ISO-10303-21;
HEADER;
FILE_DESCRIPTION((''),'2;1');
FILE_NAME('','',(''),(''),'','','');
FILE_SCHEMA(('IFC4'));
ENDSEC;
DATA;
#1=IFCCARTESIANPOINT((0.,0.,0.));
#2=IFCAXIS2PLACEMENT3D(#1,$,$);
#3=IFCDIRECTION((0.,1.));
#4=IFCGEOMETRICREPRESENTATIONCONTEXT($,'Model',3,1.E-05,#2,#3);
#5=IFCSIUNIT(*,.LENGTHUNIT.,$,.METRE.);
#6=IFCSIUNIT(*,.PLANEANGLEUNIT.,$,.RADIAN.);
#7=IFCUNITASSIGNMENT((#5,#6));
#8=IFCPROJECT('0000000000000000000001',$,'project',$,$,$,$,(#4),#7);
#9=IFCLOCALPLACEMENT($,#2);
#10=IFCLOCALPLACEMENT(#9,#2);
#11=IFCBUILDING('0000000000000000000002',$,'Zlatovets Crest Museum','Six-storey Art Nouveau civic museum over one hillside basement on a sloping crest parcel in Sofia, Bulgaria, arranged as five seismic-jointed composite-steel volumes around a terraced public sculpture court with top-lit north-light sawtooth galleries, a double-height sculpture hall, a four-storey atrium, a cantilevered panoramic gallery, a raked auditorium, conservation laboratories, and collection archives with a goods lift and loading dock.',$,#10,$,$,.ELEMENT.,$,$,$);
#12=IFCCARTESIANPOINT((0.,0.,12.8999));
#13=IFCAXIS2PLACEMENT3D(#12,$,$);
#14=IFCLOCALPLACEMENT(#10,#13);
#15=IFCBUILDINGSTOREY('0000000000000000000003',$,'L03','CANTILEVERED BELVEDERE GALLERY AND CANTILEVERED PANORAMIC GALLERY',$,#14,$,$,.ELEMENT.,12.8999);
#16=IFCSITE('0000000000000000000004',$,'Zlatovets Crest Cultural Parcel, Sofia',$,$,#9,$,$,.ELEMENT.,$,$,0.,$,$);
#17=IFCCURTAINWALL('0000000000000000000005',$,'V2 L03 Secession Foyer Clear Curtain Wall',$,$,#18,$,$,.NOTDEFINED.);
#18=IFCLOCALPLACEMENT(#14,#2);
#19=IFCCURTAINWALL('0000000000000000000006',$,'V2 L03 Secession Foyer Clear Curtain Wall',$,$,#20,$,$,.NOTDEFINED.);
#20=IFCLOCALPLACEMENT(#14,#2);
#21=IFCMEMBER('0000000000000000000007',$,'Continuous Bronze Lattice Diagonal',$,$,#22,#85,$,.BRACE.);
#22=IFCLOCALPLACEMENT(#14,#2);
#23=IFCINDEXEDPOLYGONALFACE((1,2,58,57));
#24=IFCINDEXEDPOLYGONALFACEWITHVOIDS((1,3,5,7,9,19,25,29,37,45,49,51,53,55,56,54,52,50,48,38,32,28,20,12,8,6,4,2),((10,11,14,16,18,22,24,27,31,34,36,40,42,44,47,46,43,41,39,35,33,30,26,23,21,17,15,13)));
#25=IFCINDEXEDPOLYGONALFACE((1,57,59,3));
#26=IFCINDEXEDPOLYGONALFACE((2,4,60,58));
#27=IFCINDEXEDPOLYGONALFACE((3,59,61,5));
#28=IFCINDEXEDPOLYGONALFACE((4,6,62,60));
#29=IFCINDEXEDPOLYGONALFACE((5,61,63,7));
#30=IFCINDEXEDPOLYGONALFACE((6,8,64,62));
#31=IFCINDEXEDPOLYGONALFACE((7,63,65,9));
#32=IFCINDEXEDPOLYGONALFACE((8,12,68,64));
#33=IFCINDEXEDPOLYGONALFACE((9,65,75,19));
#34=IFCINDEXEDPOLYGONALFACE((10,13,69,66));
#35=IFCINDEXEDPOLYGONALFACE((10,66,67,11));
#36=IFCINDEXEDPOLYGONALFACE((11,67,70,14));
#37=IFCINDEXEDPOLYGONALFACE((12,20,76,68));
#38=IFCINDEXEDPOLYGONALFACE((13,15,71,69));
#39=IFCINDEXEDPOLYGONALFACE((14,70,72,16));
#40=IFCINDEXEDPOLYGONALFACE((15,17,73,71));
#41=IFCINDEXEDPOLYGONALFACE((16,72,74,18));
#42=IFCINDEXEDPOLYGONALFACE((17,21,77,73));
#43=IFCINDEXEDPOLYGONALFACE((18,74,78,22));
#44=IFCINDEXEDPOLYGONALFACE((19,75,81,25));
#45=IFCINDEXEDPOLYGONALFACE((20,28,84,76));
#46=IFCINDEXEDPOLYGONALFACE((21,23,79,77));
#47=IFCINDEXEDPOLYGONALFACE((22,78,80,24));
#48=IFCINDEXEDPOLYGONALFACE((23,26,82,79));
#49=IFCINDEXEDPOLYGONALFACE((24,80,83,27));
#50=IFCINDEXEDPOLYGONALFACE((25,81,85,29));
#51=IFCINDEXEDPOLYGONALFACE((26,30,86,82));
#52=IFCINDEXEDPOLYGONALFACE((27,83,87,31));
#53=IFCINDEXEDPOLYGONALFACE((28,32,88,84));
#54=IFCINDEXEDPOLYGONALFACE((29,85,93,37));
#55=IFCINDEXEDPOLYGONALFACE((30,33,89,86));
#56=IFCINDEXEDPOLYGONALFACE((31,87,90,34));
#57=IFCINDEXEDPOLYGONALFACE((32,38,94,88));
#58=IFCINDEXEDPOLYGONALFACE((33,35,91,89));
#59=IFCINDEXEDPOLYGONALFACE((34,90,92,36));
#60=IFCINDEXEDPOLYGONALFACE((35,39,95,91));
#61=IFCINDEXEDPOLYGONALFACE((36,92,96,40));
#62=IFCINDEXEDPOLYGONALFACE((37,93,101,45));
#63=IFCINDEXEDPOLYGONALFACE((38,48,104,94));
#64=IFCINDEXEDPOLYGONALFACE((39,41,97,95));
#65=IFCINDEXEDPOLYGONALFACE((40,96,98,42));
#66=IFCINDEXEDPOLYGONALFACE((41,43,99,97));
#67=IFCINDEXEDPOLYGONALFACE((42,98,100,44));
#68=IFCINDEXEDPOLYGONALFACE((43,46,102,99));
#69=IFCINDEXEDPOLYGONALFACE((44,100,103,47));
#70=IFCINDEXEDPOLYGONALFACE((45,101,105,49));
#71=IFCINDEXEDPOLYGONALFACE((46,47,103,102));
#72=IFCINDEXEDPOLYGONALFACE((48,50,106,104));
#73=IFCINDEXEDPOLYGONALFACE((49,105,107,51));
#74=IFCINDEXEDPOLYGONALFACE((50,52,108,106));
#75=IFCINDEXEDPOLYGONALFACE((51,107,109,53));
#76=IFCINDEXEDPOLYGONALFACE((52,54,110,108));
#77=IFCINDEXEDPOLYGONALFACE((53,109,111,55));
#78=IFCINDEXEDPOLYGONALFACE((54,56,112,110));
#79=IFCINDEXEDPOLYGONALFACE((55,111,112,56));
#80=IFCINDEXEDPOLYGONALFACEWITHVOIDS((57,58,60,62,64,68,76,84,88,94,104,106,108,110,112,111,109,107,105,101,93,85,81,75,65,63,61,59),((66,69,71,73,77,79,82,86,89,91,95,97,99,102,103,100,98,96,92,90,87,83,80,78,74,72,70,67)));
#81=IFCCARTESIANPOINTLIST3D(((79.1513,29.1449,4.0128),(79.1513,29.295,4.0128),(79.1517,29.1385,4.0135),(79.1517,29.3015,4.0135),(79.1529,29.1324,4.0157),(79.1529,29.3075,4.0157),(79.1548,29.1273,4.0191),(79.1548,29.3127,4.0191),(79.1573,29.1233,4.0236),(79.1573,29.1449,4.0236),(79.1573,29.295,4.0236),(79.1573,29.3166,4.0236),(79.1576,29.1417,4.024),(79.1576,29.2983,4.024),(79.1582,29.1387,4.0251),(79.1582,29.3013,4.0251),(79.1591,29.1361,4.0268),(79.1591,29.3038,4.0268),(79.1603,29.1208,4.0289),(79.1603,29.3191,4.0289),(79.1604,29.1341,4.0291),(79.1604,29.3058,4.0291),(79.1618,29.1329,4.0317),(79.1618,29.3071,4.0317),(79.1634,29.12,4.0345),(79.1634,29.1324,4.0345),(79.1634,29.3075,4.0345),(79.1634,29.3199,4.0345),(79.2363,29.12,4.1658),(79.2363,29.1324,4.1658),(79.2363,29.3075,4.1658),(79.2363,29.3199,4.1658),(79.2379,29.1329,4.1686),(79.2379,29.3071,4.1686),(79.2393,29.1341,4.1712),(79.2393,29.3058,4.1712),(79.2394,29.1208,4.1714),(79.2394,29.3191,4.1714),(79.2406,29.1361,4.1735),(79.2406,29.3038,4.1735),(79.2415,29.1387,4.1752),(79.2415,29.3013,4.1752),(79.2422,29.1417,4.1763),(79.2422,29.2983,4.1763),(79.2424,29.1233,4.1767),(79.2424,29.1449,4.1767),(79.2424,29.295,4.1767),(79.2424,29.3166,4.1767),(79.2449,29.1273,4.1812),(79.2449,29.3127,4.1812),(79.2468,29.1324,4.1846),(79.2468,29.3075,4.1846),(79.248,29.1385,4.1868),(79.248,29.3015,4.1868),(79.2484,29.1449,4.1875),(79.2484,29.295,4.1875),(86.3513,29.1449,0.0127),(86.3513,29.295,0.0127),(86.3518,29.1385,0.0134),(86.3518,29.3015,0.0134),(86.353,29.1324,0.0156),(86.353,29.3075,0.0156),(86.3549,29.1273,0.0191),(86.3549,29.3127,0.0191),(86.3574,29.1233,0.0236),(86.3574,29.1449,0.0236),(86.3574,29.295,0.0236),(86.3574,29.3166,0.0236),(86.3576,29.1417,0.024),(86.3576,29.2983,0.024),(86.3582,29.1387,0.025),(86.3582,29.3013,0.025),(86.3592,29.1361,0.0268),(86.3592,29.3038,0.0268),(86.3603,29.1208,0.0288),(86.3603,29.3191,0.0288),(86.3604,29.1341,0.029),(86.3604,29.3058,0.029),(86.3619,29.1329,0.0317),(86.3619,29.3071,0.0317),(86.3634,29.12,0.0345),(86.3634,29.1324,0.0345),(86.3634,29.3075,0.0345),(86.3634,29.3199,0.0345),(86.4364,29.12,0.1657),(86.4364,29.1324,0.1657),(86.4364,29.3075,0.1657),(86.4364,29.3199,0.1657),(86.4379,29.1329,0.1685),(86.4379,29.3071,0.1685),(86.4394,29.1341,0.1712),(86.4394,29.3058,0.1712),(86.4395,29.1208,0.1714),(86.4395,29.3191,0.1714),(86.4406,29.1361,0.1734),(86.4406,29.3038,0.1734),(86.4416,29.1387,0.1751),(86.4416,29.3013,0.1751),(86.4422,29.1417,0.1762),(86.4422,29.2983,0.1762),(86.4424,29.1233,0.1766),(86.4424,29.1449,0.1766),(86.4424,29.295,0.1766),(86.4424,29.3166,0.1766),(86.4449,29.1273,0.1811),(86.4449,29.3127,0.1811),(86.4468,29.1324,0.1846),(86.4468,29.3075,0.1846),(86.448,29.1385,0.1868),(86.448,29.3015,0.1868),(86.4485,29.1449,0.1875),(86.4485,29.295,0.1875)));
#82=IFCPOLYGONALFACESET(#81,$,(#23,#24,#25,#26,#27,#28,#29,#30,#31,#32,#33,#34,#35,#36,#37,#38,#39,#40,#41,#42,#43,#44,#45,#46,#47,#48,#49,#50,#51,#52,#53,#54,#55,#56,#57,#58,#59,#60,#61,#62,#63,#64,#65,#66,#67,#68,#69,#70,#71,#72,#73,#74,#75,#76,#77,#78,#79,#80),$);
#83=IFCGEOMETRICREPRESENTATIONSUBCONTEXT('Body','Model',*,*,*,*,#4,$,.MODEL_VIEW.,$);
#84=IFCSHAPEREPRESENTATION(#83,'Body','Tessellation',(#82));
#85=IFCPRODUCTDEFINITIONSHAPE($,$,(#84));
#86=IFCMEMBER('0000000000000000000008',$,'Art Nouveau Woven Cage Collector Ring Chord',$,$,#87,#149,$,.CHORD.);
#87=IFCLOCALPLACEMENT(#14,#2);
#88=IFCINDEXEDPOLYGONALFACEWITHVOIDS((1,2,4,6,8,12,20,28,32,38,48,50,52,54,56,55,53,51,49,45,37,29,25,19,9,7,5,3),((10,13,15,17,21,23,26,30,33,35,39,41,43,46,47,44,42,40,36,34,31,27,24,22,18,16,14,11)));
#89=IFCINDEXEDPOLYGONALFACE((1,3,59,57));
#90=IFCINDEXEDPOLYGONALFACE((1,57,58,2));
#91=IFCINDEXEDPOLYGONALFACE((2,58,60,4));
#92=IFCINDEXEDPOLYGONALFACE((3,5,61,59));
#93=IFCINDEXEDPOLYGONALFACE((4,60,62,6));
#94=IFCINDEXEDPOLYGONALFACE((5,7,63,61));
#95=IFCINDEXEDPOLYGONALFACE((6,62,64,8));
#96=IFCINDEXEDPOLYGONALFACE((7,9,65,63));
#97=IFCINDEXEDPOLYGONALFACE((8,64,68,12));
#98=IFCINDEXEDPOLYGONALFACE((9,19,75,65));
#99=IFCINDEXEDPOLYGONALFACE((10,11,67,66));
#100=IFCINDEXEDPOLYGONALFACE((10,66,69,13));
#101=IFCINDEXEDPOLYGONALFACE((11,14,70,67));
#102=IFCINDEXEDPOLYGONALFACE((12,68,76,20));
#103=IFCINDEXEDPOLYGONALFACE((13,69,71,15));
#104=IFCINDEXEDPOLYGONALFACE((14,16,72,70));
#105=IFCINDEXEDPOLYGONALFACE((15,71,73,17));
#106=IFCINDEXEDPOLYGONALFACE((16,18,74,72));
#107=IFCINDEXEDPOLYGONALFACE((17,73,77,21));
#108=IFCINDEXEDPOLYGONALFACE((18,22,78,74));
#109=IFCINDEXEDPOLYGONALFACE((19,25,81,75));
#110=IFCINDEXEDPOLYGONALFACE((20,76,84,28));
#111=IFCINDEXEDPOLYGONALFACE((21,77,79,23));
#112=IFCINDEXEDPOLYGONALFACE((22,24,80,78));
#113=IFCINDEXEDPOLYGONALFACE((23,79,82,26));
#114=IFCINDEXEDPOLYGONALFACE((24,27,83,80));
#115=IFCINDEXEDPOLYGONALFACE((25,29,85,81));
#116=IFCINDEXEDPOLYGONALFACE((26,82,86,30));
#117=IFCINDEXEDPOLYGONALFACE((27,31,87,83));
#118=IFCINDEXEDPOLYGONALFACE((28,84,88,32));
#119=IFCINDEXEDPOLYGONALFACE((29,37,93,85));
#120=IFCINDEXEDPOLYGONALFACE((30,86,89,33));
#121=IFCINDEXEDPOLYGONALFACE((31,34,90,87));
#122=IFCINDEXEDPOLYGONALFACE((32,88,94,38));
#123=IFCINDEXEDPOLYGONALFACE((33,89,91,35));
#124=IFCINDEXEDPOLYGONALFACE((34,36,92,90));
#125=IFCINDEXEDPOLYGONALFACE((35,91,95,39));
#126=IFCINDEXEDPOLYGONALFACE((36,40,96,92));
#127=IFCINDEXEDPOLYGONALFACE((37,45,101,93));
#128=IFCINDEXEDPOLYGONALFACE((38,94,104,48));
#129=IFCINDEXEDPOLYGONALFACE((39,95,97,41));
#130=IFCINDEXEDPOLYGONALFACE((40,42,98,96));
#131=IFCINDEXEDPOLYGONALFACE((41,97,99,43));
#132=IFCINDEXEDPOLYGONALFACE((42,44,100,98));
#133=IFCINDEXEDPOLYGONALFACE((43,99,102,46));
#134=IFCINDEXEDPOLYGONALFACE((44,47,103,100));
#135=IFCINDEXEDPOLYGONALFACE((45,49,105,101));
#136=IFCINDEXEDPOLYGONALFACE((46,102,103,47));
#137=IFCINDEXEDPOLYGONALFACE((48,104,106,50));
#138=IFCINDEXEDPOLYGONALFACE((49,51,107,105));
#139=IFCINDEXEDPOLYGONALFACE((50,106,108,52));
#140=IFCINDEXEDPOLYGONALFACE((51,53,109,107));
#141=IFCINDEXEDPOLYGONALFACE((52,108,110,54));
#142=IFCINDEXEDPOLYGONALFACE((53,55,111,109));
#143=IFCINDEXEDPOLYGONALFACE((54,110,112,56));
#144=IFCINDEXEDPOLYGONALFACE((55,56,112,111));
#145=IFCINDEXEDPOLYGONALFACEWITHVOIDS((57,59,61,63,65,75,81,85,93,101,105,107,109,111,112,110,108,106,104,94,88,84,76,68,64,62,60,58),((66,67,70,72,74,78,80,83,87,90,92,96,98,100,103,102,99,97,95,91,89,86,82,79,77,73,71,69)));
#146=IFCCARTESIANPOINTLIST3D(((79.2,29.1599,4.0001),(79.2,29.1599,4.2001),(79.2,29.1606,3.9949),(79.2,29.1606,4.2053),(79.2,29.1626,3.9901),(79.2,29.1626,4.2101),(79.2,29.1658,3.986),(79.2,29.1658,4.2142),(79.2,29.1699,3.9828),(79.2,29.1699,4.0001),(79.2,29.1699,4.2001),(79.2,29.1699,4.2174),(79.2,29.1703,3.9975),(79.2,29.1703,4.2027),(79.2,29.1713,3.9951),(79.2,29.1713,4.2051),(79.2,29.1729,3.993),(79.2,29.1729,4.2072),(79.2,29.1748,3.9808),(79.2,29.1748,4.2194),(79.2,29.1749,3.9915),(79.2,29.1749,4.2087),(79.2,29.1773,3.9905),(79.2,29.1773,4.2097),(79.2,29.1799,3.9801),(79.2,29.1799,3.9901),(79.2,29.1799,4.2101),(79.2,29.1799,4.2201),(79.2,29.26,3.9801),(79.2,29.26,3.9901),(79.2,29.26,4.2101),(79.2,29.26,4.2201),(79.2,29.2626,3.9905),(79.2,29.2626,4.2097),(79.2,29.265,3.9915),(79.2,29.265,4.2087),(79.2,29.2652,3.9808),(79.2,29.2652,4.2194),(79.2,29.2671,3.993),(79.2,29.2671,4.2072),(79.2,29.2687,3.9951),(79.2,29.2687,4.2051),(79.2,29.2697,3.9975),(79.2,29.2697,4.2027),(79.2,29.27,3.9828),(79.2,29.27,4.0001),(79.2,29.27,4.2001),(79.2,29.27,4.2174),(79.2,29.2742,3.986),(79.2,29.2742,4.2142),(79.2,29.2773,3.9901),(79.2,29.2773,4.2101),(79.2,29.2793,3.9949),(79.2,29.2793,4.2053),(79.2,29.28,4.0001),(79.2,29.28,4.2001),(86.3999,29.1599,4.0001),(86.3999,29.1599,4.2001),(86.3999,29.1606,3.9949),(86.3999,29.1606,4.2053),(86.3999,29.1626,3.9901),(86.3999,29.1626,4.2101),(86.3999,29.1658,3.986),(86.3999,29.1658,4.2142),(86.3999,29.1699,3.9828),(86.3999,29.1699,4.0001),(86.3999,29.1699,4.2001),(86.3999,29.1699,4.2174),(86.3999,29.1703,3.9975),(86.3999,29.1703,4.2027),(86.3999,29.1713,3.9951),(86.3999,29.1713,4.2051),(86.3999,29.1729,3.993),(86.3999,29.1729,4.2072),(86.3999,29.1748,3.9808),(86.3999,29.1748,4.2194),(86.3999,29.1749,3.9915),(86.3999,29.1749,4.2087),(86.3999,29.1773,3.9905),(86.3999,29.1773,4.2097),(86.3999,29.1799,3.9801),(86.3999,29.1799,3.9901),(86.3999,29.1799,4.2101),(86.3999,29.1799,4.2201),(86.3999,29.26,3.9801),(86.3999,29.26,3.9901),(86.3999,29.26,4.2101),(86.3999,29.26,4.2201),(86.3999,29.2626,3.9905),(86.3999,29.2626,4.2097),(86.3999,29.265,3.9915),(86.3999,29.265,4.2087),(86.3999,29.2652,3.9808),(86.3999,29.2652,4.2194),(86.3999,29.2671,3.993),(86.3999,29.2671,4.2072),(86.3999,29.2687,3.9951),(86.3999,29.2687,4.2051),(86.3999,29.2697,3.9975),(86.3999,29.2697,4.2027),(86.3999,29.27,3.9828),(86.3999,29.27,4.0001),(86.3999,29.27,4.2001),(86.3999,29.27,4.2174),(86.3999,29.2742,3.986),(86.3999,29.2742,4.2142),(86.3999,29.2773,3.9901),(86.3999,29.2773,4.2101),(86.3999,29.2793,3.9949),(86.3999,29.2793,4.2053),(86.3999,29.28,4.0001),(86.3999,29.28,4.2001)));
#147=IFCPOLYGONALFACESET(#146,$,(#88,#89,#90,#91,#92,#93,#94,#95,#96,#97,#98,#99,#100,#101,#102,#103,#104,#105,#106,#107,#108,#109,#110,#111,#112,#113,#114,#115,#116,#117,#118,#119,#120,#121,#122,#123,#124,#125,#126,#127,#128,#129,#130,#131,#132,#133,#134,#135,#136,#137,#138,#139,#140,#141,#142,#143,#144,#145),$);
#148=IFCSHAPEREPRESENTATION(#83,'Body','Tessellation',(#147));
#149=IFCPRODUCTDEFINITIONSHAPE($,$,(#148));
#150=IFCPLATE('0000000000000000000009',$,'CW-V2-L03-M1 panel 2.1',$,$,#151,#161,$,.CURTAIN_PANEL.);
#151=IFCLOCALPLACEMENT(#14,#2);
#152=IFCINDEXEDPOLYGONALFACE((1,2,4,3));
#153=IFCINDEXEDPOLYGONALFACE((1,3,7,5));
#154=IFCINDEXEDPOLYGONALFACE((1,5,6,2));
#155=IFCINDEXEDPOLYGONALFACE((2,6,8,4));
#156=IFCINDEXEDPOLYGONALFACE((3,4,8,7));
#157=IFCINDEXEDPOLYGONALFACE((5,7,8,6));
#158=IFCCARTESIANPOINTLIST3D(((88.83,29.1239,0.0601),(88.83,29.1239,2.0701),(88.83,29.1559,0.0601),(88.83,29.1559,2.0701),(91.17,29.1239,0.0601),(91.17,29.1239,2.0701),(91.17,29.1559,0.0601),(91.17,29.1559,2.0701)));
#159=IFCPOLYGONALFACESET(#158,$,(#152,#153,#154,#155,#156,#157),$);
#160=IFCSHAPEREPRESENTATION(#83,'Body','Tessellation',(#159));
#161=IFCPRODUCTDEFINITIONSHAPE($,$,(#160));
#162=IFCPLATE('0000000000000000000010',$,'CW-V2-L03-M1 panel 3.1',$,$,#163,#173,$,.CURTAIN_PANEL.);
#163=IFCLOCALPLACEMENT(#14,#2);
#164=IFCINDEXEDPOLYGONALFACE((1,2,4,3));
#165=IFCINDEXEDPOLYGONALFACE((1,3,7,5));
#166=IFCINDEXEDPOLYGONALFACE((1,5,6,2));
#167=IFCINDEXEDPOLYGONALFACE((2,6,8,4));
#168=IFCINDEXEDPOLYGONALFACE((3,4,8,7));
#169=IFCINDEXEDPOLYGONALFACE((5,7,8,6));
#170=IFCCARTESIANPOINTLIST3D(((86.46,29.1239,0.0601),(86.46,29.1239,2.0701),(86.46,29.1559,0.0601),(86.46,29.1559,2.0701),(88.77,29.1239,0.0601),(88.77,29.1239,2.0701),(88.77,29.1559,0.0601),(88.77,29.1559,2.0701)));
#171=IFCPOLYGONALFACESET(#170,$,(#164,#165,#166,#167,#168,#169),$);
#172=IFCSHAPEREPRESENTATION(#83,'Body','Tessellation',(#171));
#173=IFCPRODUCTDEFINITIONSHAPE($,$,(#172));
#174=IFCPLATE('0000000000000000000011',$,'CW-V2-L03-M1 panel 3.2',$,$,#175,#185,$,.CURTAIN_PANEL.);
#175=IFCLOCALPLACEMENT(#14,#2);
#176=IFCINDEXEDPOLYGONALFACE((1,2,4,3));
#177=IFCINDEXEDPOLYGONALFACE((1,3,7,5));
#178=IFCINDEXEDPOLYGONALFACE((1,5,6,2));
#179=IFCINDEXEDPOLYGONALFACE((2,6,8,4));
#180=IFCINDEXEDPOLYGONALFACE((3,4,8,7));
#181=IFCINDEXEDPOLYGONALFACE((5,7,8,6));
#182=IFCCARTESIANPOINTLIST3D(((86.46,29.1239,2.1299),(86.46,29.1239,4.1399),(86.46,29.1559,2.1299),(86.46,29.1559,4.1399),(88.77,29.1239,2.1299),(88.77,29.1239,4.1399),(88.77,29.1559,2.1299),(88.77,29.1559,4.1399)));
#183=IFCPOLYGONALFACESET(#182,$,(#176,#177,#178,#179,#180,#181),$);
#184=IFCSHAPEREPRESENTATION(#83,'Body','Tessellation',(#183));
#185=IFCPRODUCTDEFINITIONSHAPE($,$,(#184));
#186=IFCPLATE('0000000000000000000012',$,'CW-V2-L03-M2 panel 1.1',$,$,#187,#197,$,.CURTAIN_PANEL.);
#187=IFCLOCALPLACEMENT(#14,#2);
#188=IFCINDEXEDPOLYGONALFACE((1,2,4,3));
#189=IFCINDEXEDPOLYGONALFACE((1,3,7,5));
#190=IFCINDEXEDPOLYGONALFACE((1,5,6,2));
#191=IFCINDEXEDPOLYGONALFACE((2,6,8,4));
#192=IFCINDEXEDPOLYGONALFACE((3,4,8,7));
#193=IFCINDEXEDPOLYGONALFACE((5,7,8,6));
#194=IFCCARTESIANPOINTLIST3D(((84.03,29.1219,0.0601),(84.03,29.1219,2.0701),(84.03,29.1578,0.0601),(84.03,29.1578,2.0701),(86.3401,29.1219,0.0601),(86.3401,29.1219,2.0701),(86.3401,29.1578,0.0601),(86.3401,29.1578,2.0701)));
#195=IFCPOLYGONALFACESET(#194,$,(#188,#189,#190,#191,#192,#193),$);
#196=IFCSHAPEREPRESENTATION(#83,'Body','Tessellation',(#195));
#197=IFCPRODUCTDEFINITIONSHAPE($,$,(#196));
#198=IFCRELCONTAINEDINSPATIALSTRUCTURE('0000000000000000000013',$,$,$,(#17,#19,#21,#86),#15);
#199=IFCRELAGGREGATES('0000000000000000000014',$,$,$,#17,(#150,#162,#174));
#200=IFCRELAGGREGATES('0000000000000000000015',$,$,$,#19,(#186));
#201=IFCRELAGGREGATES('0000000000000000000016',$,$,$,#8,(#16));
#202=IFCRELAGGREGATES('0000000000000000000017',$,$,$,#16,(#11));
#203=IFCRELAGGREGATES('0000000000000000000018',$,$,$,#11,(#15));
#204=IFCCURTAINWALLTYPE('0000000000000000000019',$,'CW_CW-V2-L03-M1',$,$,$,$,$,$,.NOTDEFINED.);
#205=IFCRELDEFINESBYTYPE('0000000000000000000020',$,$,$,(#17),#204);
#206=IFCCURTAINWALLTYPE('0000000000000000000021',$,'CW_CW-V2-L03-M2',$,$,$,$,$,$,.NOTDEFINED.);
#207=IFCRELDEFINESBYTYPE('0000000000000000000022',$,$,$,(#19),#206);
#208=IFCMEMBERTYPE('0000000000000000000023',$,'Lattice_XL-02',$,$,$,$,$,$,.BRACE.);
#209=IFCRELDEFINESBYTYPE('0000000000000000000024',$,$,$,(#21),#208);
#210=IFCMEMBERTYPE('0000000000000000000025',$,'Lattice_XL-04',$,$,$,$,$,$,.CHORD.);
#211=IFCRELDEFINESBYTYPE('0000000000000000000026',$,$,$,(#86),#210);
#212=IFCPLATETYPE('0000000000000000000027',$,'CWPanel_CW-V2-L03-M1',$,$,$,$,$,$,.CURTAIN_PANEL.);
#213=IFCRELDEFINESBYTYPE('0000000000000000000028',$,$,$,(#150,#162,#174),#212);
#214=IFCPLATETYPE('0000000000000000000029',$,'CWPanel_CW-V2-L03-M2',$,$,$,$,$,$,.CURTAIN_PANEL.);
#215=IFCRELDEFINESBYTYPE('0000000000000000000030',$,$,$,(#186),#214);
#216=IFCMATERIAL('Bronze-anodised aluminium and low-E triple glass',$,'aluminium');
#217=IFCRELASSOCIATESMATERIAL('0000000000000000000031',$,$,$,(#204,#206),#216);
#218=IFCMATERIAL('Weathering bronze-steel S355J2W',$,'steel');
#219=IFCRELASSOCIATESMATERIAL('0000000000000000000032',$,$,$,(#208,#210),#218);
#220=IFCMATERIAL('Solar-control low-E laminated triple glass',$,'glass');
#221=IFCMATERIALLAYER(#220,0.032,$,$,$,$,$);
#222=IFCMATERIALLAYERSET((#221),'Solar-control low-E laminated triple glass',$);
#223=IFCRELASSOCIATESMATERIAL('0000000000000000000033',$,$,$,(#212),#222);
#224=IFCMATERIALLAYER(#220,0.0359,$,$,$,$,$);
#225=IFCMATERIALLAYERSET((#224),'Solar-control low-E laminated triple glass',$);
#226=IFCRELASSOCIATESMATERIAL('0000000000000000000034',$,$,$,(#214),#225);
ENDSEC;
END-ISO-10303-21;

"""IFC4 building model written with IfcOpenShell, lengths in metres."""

from ifc_helpers import new_model, si_unit, direction, frame, origin, origin_2d, place, context, subcontext, project, spatial, rectangle, hollow_rectangle, extrude, material, layer, layer_set, material_profile, profile_set, type_object, element, aggregate, save


model = new_model("IFC4")

# Units and contexts
model_context = context("Model", 3, precision=1e-05, world=origin(), true_north=direction((0.0, 1.0)))
body_context = subcontext(model_context, "Body", "Model", "MODEL_VIEW")
ifc_project = project(units=[si_unit("LENGTHUNIT", "METRE"), si_unit("PLANEANGLEUNIT", "RADIAN")], contexts=[model_context])

# Site, building, storey
site_placement = place(None, origin())
site = spatial("IfcSite", under=ifc_project, at=site_placement, Name="Zlatovets Crest Cultural Parcel, Sofia", CompositionType="ELEMENT", RefElevation=0.0)
building_placement = place(site_placement, origin())
building = spatial("IfcBuilding", under=site, at=building_placement, Name="Zlatovets Crest Museum", Description="Six-storey Art Nouveau civic museum over one hillside basement on a sloping crest parcel in Sofia, Bulgaria, arranged as five seismic-jointed composite-steel volumes around a terraced public sculpture court with top-lit north-light sawtooth galleries, a double-height sculpture hall, a four-storey atrium, a cantilevered panoramic gallery, a raked auditorium, conservation laboratories, and collection archives with a goods lift and loading dock.", CompositionType="ELEMENT")
storey_placement = place(building_placement, frame((0.0, 0.0, 12.8999)))
storey = spatial("IfcBuildingStorey", under=building, at=storey_placement, Name="L03", Description="CANTILEVERED BELVEDERE GALLERY AND CANTILEVERED PANORAMIC GALLERY", CompositionType="ELEMENT", Elevation=12.8999)

# Curtain walls
ifc_material_1 = material(Name="Bronze-anodised aluminium and low-E triple glass", Category="aluminium")
curtain_wall_type_1 = type_object("IfcCurtainWallType", Name="CW_CW-V2-L03-M1", PredefinedType="NOTDEFINED", material=ifc_material_1)
curtain_wall_1_placement = place(storey_placement, origin())
curtain_wall_1 = element("IfcCurtainWall", 1, at=curtain_wall_1_placement, inside=storey, type_object=curtain_wall_type_1, Name="V2 L03 Secession Foyer Clear Curtain Wall", PredefinedType="NOTDEFINED")
curtain_wall_type_2 = type_object("IfcCurtainWallType", Name="CW_CW-V2-L03-M2", PredefinedType="NOTDEFINED", material=ifc_material_1)
curtain_wall_2_placement = place(storey_placement, origin())
curtain_wall_2 = element("IfcCurtainWall", 2, at=curtain_wall_2_placement, inside=storey, type_object=curtain_wall_type_2, Name="V2 L03 Secession Foyer Clear Curtain Wall", PredefinedType="NOTDEFINED")

# Members
ifc_material_2 = material(Name="Weathering bronze-steel S355J2W", Category="steel")
ifc_material_profile_1 = material_profile(ifc_material_2, hollow_rectangle(XDim=0.2, YDim=0.2, WallThickness=0.0125, InnerFilletRadius=0.0125, OuterFilletRadius=0.0249, at=origin_2d()), Name="SHS 200x200x12.5")
ifc_profile_set_1 = profile_set([ifc_material_profile_1], Name="Weathering bronze-steel S355J2W")
member_type_1 = type_object("IfcMemberType", Name="Lattice_XL-02", PredefinedType="BRACE", material=ifc_profile_set_1)
member_1_placement = place(storey_placement, frame((86.3999, 29.22, 0.1001), z_axis=(-0.874156, 0.0, 0.485645), x_axis=(0.0, -1.0, 0.0)))
element("IfcMember", 3, at=member_1_placement, inside=storey, type_object=member_type_1, Name="Continuous Bronze Lattice Diagonal", PredefinedType="BRACE", context=body_context, shape_type="SweptSolid", body=[
    extrude(hollow_rectangle(XDim=0.2, YDim=0.2, WallThickness=0.0125, InnerFilletRadius=0.0125, OuterFilletRadius=0.0249, at=origin_2d()), origin(), (0.0, 0.0, 1.0), 8.2366),
])
ifc_material_profile_2 = material_profile(ifc_material_2, hollow_rectangle(XDim=0.1201, YDim=0.24, WallThickness=0.01, InnerFilletRadius=0.01, OuterFilletRadius=0.02, at=origin_2d()), Name="RHS 120x240x10.0")
ifc_profile_set_2 = profile_set([ifc_material_profile_2], Name="Weathering bronze-steel S355J2W")
member_type_2 = type_object("IfcMemberType", Name="Lattice_XL-04", PredefinedType="CHORD", material=ifc_profile_set_2)
member_2_placement = place(storey_placement, frame((86.3999, 29.22, 4.1001), z_axis=(-1.0, 0.0, 0.0), x_axis=(0.0, -1.0, 0.0)))
element("IfcMember", 4, at=member_2_placement, inside=storey, type_object=member_type_2, Name="Art Nouveau Woven Cage Collector Ring Chord", PredefinedType="CHORD", context=body_context, shape_type="SweptSolid", body=[
    extrude(hollow_rectangle(XDim=0.1201, YDim=0.24, WallThickness=0.01, InnerFilletRadius=0.01, OuterFilletRadius=0.02, at=origin_2d()), origin(), (0.0, 0.0, 1.0), 7.2),
])

# Plates
ifc_material_3 = material(Name="Solar-control low-E laminated triple glass", Category="glass")
ifc_layer_1 = layer(ifc_material_3, 0.032)
ifc_layer_set_1 = layer_set([ifc_layer_1], Name="Solar-control low-E laminated triple glass")
plate_type_1 = type_object("IfcPlateType", Name="CWPanel_CW-V2-L03-M1", PredefinedType="CURTAIN_PANEL", material=ifc_layer_set_1)
plate_1_placement = place(storey_placement, frame((90.0, 29.1399, 0.0601), z_axis=(0.0, 0.0, 1.0), x_axis=(-1.0, 0.0, 0.0)))
plate_1 = element("IfcPlate", 5, at=plate_1_placement, type_object=plate_type_1, Name="CW-V2-L03-M1 panel 2.1", PredefinedType="CURTAIN_PANEL", context=body_context, shape_type="SweptSolid", body=[
    extrude(rectangle(XDim=2.3401, YDim=0.032, at=origin_2d()), origin(), (0.0, 0.0, 1.0), 2.01),
])
plate_2_placement = place(storey_placement, frame((87.615, 29.1399, 0.0601), z_axis=(0.0, 0.0, 1.0), x_axis=(-1.0, 0.0, 0.0)))
plate_2 = element("IfcPlate", 6, at=plate_2_placement, type_object=plate_type_1, Name="CW-V2-L03-M1 panel 3.1", PredefinedType="CURTAIN_PANEL", context=body_context, shape_type="SweptSolid", body=[
    extrude(rectangle(XDim=2.3101, YDim=0.032, at=origin_2d()), origin(), (0.0, 0.0, 1.0), 2.01),
])
plate_3_placement = place(storey_placement, frame((87.615, 29.1399, 2.1299), z_axis=(0.0, 0.0, 1.0), x_axis=(-1.0, 0.0, 0.0)))
plate_3 = element("IfcPlate", 7, at=plate_3_placement, type_object=plate_type_1, Name="CW-V2-L03-M1 panel 3.2", PredefinedType="CURTAIN_PANEL", context=body_context, shape_type="SweptSolid", body=[
    extrude(rectangle(XDim=2.3101, YDim=0.032, at=origin_2d()), origin(), (0.0, 0.0, 1.0), 2.01),
])
aggregate(curtain_wall_1, [plate_1, plate_2, plate_3])
ifc_layer_2 = layer(ifc_material_3, 0.0359)
ifc_layer_set_2 = layer_set([ifc_layer_2], Name="Solar-control low-E laminated triple glass")
plate_type_2 = type_object("IfcPlateType", Name="CWPanel_CW-V2-L03-M2", PredefinedType="CURTAIN_PANEL", material=ifc_layer_set_2)
plate_4_placement = place(storey_placement, frame((85.1851, 29.1399, 0.0601), z_axis=(0.0, 0.0, 1.0), x_axis=(-1.0, 0.0, 0.0)))
plate_4 = element("IfcPlate", 8, at=plate_4_placement, type_object=plate_type_2, Name="CW-V2-L03-M2 panel 1.1", PredefinedType="CURTAIN_PANEL", context=body_context, shape_type="SweptSolid", body=[
    extrude(rectangle(XDim=2.3101, YDim=0.0359, at=origin_2d()), origin(), (0.0, 0.0, 1.0), 2.01),
])
aggregate(curtain_wall_2, [plate_4])

save(model, "model.ifc")
